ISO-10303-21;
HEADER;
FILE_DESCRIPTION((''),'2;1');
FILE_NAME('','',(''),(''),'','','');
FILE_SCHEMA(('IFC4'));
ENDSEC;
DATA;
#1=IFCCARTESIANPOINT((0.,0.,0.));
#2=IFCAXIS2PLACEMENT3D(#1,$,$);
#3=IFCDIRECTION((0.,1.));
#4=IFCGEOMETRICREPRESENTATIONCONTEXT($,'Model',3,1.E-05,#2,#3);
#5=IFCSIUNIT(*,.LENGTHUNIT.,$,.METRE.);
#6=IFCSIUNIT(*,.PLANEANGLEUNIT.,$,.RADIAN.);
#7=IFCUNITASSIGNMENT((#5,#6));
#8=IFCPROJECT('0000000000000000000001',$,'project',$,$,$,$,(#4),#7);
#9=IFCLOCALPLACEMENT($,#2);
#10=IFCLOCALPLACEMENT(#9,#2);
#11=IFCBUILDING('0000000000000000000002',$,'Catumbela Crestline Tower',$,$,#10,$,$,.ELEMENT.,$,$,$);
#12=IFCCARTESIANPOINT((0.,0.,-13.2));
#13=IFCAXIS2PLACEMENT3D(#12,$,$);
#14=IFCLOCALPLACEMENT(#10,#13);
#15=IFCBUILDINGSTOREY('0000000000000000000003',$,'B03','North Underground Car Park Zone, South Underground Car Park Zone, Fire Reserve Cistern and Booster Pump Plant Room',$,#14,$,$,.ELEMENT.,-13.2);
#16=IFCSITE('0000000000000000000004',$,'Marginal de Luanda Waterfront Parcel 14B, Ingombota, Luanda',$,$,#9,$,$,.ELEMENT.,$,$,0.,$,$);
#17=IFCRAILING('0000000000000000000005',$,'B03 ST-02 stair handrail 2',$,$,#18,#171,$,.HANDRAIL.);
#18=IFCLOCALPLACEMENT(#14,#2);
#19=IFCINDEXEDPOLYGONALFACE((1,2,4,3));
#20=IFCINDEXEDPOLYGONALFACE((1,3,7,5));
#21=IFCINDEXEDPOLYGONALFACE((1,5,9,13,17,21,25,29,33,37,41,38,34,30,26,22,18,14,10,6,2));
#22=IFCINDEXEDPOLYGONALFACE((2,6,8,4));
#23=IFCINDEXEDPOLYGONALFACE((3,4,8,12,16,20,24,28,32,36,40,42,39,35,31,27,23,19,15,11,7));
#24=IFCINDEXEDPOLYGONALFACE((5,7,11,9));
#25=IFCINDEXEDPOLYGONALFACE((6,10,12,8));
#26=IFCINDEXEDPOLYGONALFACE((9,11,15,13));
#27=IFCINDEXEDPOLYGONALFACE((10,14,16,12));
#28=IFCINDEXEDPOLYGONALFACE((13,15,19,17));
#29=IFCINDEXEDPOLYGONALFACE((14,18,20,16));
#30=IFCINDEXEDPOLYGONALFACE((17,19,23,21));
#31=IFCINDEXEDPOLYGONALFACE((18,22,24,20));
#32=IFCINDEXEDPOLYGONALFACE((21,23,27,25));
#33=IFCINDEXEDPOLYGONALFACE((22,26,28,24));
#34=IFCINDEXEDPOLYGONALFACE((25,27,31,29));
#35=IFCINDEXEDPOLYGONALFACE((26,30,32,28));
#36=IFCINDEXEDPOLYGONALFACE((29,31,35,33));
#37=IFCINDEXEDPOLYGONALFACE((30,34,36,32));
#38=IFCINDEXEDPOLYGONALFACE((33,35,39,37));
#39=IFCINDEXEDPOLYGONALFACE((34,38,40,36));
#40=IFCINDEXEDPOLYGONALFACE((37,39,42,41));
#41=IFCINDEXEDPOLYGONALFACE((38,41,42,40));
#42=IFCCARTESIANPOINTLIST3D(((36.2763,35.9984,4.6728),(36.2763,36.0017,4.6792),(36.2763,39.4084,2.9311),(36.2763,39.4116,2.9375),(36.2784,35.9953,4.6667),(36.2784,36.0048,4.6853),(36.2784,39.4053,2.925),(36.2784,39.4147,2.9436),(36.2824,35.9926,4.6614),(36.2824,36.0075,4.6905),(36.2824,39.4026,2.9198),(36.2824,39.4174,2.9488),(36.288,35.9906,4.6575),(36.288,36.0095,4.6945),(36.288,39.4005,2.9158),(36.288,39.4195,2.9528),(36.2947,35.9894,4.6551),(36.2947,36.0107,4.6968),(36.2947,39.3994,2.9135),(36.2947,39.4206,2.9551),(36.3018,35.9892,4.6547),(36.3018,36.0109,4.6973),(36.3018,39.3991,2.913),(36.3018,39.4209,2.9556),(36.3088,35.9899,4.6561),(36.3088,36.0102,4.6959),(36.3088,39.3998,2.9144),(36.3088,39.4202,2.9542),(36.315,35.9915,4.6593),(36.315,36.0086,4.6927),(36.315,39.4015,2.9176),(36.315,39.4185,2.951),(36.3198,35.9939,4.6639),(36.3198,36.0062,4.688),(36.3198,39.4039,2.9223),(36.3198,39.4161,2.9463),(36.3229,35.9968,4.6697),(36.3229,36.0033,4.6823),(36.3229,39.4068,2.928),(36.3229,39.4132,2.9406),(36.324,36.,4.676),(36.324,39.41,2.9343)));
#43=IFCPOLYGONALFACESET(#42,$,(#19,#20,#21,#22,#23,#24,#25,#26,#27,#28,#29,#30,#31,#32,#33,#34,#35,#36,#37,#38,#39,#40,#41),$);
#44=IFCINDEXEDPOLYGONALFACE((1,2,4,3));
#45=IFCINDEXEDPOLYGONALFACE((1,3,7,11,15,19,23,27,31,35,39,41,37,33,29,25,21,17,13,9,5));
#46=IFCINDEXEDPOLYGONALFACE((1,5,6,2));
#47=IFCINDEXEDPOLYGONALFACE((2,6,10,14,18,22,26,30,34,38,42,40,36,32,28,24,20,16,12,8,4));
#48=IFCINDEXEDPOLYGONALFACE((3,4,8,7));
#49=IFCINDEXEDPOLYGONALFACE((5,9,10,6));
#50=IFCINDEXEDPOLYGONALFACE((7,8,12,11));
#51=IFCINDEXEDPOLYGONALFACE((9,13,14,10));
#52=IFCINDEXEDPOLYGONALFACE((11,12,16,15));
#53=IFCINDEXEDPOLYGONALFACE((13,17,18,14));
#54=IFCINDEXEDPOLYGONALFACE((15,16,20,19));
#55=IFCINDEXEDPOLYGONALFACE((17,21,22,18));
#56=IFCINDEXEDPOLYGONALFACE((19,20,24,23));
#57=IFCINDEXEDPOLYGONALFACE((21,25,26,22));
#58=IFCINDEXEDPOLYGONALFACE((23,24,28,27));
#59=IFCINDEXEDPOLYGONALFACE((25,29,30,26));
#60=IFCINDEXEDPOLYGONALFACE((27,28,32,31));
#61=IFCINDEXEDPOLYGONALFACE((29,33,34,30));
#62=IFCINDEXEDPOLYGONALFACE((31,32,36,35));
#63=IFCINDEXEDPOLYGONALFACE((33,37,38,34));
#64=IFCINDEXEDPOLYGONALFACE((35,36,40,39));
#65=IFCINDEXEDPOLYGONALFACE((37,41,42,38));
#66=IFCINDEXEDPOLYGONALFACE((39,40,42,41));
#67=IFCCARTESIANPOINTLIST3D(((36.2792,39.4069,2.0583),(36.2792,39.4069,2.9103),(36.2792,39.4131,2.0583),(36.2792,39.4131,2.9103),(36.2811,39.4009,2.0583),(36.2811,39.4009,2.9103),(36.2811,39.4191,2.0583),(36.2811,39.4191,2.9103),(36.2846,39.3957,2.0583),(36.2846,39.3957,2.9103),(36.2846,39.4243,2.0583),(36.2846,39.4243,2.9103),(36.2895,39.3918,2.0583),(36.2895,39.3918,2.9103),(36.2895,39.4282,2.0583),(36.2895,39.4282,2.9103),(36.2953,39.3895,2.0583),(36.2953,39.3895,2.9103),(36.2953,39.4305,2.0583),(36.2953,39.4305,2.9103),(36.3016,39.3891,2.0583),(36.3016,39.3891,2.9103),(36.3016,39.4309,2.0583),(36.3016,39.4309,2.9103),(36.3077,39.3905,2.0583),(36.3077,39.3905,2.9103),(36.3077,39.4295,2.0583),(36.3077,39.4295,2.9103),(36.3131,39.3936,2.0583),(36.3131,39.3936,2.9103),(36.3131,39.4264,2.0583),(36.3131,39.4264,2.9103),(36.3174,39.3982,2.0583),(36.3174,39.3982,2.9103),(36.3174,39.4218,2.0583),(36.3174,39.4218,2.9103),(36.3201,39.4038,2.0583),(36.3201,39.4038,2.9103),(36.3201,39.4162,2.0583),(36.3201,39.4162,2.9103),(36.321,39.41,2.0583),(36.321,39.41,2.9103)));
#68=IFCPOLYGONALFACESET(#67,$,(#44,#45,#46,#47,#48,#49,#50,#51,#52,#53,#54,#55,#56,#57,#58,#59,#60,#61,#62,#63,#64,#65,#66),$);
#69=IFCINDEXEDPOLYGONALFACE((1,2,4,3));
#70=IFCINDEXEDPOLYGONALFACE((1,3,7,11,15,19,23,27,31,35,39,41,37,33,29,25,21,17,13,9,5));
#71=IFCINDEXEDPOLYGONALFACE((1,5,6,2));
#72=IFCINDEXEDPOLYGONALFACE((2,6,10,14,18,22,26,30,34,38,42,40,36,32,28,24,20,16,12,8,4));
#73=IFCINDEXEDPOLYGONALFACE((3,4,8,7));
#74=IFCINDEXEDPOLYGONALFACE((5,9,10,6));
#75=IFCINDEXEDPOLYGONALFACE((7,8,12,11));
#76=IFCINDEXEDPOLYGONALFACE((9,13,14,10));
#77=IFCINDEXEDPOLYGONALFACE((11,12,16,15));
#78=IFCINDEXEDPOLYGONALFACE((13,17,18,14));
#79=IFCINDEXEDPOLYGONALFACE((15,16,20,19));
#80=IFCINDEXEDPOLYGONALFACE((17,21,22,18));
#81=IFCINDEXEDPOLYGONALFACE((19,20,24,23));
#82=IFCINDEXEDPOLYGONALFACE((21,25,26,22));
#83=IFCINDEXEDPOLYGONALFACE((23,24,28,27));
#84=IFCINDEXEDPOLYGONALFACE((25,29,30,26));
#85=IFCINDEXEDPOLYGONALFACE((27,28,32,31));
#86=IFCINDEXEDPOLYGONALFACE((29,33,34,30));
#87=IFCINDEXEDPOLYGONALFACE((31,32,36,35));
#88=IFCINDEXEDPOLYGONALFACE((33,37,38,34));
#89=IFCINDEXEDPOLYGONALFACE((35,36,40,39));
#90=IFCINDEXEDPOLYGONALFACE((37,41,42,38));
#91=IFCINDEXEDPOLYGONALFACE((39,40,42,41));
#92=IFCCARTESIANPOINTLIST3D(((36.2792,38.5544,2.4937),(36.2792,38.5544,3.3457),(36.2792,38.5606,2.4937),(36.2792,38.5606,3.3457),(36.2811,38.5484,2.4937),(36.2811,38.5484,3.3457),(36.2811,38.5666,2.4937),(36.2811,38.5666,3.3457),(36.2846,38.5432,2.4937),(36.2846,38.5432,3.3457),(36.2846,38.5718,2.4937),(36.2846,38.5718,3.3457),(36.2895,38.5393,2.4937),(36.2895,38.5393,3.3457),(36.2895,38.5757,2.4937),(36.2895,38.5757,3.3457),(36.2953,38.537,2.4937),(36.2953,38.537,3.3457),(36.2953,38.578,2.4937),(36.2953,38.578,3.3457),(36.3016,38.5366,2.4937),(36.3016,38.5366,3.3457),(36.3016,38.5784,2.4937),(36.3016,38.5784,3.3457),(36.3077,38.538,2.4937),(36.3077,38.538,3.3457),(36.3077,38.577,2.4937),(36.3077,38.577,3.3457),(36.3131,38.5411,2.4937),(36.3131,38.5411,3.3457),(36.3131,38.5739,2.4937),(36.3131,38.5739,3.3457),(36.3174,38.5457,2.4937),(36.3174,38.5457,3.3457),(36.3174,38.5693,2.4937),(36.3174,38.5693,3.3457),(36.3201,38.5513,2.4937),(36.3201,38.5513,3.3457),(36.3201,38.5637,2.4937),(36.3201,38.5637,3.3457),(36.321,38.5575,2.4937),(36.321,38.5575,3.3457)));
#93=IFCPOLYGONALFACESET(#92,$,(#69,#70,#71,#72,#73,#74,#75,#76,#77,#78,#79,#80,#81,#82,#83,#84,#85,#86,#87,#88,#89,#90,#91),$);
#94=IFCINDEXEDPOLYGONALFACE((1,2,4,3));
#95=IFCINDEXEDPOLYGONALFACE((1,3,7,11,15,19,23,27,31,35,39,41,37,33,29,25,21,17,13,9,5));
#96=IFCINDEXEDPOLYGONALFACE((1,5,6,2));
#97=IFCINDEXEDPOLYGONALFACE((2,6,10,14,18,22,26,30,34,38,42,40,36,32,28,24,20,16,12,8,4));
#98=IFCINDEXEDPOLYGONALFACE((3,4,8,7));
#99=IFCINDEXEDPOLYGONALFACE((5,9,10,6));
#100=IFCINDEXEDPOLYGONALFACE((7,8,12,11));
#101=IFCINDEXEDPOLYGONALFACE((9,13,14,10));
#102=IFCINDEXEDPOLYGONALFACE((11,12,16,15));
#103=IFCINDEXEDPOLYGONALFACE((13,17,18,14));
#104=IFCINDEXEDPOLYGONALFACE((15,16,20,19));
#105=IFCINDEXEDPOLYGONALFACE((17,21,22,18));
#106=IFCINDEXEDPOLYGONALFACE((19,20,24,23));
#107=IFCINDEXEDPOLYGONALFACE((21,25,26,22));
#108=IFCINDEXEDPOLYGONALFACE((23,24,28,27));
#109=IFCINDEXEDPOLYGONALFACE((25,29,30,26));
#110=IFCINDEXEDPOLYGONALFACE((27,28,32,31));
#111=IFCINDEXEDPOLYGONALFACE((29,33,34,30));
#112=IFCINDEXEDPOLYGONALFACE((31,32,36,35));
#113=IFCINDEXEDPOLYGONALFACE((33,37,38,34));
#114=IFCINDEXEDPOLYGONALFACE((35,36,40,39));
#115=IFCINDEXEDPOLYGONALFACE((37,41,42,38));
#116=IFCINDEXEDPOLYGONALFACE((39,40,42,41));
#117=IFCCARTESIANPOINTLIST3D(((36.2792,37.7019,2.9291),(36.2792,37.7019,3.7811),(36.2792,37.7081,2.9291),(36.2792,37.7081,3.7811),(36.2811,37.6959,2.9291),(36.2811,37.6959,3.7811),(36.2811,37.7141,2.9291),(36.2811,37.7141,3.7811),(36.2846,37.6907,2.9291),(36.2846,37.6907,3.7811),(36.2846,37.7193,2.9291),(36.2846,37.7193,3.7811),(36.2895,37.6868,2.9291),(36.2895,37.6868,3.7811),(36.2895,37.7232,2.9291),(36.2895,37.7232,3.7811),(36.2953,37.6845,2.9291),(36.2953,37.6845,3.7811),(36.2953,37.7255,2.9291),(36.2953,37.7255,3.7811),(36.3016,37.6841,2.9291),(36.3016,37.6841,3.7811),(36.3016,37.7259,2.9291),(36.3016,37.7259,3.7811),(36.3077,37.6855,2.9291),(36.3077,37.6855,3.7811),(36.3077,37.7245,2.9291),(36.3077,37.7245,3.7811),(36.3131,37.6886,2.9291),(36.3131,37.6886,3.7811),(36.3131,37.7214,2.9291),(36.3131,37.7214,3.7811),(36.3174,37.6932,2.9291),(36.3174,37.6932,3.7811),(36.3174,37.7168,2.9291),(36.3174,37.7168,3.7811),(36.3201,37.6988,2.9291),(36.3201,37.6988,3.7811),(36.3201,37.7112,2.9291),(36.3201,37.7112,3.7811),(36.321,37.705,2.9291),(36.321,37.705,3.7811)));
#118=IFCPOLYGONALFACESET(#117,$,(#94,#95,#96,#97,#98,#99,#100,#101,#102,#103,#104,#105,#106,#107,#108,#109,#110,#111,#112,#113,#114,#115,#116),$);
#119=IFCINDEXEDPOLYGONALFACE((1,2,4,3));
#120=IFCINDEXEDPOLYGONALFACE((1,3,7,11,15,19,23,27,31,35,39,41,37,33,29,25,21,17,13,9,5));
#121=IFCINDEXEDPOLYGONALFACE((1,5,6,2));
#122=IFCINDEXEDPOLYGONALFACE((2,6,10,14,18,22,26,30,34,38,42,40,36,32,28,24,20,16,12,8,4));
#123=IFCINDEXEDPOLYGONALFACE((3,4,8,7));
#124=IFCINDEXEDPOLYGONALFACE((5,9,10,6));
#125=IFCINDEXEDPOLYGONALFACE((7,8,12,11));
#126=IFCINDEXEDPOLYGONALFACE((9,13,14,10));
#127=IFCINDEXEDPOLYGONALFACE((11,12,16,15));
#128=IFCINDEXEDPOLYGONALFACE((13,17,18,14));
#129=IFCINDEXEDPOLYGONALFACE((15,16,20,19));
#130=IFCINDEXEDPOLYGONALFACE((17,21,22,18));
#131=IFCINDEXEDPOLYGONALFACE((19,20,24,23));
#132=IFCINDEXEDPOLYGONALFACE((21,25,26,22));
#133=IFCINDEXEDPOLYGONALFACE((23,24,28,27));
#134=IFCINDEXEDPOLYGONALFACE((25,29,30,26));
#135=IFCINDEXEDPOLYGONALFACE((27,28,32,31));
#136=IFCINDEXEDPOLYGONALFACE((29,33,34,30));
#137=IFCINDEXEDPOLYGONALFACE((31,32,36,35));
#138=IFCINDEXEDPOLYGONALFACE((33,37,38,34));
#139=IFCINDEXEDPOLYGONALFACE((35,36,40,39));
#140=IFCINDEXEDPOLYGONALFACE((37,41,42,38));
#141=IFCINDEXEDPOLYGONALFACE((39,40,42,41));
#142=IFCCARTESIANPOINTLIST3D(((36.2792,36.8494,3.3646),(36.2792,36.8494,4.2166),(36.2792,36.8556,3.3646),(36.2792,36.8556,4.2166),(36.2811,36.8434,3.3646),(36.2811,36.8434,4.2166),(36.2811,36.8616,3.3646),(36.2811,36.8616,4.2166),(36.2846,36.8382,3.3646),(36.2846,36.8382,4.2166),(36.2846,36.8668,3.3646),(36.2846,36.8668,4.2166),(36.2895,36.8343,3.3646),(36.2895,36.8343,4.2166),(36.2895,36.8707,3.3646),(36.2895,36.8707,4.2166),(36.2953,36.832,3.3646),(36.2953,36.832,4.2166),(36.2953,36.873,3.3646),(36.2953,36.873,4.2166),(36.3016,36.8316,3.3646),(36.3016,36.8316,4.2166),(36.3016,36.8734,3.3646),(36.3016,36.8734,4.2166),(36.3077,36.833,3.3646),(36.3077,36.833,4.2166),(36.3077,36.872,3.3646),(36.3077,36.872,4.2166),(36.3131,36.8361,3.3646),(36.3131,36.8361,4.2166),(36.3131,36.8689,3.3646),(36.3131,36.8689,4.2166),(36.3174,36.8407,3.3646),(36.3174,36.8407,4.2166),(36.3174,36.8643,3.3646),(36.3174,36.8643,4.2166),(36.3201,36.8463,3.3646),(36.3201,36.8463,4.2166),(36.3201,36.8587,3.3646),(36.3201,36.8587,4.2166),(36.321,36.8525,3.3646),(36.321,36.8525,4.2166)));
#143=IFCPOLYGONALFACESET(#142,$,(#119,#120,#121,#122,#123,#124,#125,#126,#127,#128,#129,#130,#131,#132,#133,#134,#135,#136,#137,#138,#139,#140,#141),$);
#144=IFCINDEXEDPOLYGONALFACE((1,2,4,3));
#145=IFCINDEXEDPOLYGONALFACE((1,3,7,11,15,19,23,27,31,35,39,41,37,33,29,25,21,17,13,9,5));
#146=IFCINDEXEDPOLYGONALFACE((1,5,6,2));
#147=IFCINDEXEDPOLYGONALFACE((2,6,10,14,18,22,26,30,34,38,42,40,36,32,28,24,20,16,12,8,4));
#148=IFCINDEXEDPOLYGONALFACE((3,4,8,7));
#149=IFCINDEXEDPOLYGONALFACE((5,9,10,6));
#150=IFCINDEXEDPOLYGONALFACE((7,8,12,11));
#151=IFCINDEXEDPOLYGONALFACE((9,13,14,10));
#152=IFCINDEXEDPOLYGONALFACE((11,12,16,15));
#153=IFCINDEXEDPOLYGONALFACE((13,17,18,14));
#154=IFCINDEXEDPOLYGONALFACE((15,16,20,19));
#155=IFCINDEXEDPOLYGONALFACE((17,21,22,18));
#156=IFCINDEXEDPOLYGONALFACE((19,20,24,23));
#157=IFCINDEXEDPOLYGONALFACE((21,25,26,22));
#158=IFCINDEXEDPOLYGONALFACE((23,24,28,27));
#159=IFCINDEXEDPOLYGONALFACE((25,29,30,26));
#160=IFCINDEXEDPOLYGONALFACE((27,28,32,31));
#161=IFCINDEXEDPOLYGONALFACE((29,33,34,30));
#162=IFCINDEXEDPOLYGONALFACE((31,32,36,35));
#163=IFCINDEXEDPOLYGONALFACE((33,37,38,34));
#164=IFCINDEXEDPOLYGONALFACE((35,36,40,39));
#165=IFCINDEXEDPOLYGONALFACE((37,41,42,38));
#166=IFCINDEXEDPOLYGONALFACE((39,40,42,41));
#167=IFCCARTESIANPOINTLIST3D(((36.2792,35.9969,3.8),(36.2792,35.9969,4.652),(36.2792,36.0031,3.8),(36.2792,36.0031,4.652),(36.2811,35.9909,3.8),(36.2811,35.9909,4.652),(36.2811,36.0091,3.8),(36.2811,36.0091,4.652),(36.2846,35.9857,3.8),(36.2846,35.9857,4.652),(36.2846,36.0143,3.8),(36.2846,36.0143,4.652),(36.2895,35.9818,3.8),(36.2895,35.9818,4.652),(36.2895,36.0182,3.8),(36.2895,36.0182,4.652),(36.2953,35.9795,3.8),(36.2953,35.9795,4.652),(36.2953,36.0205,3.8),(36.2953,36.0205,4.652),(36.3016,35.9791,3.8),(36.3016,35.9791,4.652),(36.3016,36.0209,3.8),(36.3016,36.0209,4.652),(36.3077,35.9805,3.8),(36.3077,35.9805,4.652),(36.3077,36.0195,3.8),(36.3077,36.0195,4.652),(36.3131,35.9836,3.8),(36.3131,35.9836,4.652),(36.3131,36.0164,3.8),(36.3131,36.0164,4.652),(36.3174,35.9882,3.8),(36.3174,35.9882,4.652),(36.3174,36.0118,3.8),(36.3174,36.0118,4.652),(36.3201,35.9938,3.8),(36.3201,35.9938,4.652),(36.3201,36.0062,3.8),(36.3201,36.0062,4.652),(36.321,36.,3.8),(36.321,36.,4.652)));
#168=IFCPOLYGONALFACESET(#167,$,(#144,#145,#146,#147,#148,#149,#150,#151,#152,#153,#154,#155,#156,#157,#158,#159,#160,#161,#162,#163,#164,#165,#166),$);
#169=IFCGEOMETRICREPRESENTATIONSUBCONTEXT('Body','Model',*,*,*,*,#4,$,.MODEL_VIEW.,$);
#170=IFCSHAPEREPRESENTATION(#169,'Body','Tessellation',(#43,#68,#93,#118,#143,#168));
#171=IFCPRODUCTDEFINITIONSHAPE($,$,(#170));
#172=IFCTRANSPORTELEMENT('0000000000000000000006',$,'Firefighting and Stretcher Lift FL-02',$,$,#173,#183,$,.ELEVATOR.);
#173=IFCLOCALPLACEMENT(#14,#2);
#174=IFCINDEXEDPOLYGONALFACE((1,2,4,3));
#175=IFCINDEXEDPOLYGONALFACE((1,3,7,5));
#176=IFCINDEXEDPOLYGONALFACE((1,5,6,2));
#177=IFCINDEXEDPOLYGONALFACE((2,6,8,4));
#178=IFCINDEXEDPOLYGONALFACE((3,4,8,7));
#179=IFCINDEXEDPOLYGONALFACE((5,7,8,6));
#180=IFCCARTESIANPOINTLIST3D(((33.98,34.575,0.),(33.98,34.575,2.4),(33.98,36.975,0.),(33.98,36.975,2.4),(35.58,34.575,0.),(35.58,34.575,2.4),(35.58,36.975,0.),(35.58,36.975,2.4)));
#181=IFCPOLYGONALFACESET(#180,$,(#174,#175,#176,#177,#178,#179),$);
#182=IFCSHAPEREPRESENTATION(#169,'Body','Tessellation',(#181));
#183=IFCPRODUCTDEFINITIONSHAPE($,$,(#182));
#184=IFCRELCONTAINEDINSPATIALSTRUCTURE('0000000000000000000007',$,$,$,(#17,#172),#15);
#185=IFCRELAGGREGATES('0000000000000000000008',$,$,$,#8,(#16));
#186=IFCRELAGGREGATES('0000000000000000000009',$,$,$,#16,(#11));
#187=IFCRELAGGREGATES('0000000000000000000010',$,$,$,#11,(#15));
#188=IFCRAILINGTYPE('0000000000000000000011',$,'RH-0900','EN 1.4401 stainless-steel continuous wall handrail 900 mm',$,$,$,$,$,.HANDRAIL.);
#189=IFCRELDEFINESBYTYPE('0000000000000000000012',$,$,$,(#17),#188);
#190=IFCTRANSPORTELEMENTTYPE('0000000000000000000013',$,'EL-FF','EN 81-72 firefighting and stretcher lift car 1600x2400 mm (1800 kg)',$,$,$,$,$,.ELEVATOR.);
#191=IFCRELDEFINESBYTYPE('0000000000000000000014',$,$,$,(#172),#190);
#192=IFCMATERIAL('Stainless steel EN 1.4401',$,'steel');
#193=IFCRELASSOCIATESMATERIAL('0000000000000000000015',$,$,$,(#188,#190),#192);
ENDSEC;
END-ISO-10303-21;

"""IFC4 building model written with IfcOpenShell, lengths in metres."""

from ifc_helpers import new_model, si_unit, direction, frame, origin, origin_2d, place, context, subcontext, project, spatial, rectangle, circle, extrude, material, type_object, element, save


model = new_model("IFC4")

# Units and contexts
model_context = context("Model", 3, precision=1e-05, world=origin(), true_north=direction((0.0, 1.0)))
body_context = subcontext(model_context, "Body", "Model", "MODEL_VIEW")
ifc_project = project(units=[si_unit("LENGTHUNIT", "METRE"), si_unit("PLANEANGLEUNIT", "RADIAN")], contexts=[model_context])

# Site, building, storey
site_placement = place(None, origin())
site = spatial("IfcSite", under=ifc_project, at=site_placement, Name="Marginal de Luanda Waterfront Parcel 14B, Ingombota, Luanda", CompositionType="ELEMENT", RefElevation=0.0)
building_placement = place(site_placement, origin())
building = spatial("IfcBuilding", under=site, at=building_placement, Name="Catumbela Crestline Tower", CompositionType="ELEMENT")
storey_placement = place(building_placement, frame((0.0, 0.0, -13.2)))
storey = spatial("IfcBuildingStorey", under=building, at=storey_placement, Name="B03", Description="North Underground Car Park Zone, South Underground Car Park Zone, Fire Reserve Cistern and Booster Pump Plant Room", CompositionType="ELEMENT", Elevation=-13.2)

# Shared definitions
ifc_material_1 = material(Name="Stainless steel EN 1.4401", Category="steel")

# Railing
railing_type_1 = type_object("IfcRailingType", Name="RH-0900", Description="EN 1.4401 stainless-steel continuous wall handrail 900 mm", PredefinedType="HANDRAIL", material=ifc_material_1)
railing_1_placement = place(storey_placement, frame((36.3, 39.41, 2.0583)))
element("IfcRailing", 1, at=railing_1_placement, inside=storey, type_object=railing_type_1, Name="B03 ST-02 stair handrail 2", PredefinedType="HANDRAIL", context=body_context, shape_type="SweptSolid", body=[
    extrude(circle(Radius=0.024, at=origin_2d()), frame((0.0, 0.0, 0.876), z_axis=(0.0, -0.89056, 0.454865), x_axis=(1.0, 0.0, 0.0)), (0.0, 0.0, 1.0), 3.829),
    extrude(circle(Radius=0.021, at=origin_2d()), origin(), (0.0, 0.0, 1.0), 0.852),
    extrude(circle(Radius=0.021, at=origin_2d()), frame((0.0, -0.8525, 0.4354)), (0.0, 0.0, 1.0), 0.852),
    extrude(circle(Radius=0.021, at=origin_2d()), frame((0.0, -1.705, 0.8708)), (0.0, 0.0, 1.0), 0.852),
    extrude(circle(Radius=0.021, at=origin_2d()), frame((0.0, -2.5575, 1.3063)), (0.0, 0.0, 1.0), 0.852),
    extrude(circle(Radius=0.021, at=origin_2d()), frame((0.0, -3.41, 1.7417)), (0.0, 0.0, 1.0), 0.852),
])

# Transport element
transport_element_type = type_object("IfcTransportElementType", Name="EL-FF", Description="EN 81-72 firefighting and stretcher lift car 1600x2400 mm (1800 kg)", PredefinedType="ELEVATOR", material=ifc_material_1)
transport_element_placement = place(storey_placement, frame((34.78, 35.775, 0.0), z_axis=(0.0, 0.0, 1.0), x_axis=(1.0, 0.0, 0.0)))
element("IfcTransportElement", 2, at=transport_element_placement, inside=storey, type_object=transport_element_type, Name="Firefighting and Stretcher Lift FL-02", PredefinedType="ELEVATOR", context=body_context, shape_type="SweptSolid", body=[
    extrude(rectangle(XDim=1.6, YDim=2.4, at=origin_2d()), origin(), (0.0, 0.0, 1.0), 2.4),
])

save(model, "model.ifc")
